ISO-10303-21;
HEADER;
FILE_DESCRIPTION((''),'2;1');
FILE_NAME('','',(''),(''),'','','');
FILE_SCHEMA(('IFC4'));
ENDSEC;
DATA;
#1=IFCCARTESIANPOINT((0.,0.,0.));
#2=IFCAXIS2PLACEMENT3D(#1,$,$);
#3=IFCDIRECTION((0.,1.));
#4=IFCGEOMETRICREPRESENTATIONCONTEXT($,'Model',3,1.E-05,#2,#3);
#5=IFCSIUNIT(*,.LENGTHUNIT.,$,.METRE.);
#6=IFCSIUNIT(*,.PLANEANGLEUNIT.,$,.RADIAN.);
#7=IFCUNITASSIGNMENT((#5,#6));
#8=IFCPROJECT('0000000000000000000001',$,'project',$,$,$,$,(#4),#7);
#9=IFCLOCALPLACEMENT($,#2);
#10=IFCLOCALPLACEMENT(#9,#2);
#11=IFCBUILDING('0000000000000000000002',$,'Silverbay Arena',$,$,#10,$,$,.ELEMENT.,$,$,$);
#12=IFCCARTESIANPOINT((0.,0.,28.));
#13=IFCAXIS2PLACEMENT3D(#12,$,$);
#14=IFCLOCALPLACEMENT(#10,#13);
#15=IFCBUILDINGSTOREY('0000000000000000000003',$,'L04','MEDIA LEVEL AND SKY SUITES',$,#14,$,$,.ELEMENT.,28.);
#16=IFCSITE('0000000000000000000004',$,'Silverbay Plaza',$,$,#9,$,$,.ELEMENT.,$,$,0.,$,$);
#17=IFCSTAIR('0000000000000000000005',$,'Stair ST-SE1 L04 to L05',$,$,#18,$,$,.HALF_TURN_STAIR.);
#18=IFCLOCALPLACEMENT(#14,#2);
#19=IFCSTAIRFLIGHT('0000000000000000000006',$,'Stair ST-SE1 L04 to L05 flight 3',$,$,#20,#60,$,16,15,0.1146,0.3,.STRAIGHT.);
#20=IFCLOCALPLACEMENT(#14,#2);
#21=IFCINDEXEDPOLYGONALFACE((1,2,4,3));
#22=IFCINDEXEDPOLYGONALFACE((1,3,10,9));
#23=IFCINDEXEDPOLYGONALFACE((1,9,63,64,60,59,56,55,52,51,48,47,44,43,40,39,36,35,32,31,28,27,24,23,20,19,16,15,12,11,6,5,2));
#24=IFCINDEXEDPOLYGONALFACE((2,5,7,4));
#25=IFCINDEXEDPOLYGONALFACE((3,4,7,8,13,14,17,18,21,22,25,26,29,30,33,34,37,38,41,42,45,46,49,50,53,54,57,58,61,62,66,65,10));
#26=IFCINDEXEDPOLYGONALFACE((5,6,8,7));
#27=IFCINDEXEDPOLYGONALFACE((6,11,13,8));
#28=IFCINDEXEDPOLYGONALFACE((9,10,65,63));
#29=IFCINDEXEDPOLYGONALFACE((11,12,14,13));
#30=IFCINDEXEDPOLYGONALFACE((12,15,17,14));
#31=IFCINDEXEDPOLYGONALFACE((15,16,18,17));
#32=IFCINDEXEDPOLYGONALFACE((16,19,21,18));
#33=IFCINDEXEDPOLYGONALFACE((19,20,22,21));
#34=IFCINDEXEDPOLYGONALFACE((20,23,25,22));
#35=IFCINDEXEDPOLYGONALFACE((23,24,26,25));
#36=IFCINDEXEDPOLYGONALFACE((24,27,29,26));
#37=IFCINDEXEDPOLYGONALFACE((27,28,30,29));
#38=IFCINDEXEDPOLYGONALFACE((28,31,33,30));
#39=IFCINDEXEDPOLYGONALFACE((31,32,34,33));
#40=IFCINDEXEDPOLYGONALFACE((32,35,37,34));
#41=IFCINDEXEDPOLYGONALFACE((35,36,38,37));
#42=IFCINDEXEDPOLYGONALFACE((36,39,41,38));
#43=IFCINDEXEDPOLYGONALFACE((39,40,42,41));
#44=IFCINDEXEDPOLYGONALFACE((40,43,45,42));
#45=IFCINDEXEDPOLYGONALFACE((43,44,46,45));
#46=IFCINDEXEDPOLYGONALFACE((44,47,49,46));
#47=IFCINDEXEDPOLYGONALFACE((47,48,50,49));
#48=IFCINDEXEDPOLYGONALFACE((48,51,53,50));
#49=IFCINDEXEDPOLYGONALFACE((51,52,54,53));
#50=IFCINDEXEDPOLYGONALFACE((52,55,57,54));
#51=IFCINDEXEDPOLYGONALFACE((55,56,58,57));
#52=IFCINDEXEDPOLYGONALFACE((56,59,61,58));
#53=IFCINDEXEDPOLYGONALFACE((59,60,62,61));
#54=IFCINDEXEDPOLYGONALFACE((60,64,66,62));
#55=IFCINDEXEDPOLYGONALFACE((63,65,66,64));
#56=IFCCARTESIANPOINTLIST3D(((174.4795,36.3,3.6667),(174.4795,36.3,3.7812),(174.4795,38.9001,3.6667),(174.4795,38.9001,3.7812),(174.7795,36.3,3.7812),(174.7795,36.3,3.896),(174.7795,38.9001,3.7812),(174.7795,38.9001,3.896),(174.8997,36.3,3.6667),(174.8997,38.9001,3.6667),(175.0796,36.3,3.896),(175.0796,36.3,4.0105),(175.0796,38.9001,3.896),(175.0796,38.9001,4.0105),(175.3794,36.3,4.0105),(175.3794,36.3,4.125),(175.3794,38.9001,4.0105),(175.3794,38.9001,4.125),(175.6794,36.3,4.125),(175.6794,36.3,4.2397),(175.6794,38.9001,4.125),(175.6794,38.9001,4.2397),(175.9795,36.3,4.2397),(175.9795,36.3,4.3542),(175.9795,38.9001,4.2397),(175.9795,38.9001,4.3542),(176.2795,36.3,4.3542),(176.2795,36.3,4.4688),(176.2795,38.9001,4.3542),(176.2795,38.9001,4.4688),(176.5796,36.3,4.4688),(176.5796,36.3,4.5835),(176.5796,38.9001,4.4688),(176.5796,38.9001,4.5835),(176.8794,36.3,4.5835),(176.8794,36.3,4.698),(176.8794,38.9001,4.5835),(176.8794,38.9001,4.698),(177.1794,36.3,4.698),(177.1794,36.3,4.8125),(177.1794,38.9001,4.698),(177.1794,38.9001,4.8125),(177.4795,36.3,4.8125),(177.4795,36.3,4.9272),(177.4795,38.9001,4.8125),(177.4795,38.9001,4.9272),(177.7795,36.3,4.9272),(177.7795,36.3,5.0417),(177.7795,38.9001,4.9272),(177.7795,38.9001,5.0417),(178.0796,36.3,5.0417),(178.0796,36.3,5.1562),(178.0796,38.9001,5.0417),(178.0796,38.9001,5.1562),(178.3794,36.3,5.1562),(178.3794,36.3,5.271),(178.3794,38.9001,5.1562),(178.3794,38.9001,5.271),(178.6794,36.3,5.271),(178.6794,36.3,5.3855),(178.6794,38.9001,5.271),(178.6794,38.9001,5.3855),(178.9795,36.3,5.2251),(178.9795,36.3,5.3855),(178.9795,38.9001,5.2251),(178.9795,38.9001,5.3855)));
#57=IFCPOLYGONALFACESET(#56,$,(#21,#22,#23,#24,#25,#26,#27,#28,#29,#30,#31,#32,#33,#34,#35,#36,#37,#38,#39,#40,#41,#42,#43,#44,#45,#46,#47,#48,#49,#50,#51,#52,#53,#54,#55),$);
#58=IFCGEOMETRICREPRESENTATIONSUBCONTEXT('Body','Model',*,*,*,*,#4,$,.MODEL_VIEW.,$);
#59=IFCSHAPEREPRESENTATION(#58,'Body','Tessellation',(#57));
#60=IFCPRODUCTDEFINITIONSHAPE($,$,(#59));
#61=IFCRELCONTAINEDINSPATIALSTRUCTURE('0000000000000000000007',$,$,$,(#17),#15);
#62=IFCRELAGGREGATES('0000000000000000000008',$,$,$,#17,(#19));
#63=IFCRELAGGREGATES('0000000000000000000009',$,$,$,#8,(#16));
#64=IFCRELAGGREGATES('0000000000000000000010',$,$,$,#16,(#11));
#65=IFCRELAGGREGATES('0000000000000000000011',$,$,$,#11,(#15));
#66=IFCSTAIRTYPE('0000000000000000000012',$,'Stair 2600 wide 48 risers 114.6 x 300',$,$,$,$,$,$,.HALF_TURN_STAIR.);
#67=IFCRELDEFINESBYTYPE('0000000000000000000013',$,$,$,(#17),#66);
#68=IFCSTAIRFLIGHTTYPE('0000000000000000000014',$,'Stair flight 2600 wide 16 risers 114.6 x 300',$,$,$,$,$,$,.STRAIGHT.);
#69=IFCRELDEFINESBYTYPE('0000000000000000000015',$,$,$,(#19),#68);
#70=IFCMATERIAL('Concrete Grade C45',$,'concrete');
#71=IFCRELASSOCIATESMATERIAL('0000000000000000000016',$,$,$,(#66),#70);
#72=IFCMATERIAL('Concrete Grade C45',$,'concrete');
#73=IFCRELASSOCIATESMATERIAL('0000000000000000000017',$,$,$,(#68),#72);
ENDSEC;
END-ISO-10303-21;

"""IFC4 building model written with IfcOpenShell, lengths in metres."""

from ifc_helpers import new_model, si_unit, direction, frame, origin, place, context, subcontext, project, spatial, polyline, outline, extrude, material, type_object, element, aggregate, save


model = new_model("IFC4")

# Units and contexts
model_context = context("Model", 3, precision=1e-05, world=origin(), true_north=direction((0.0, 1.0)))
body_context = subcontext(model_context, "Body", "Model", "MODEL_VIEW")
ifc_project = project(units=[si_unit("LENGTHUNIT", "METRE"), si_unit("PLANEANGLEUNIT", "RADIAN")], contexts=[model_context])

# Site, building, storey
site_placement = place(None, origin())
site = spatial("IfcSite", under=ifc_project, at=site_placement, Name="Silverbay Plaza", CompositionType="ELEMENT", RefElevation=0.0)
building_placement = place(site_placement, origin())
building = spatial("IfcBuilding", under=site, at=building_placement, Name="Silverbay Arena", CompositionType="ELEMENT")
storey_placement = place(building_placement, frame((0.0, 0.0, 28.0)))
storey = spatial("IfcBuildingStorey", under=building, at=storey_placement, Name="L04", Description="MEDIA LEVEL AND SKY SUITES", CompositionType="ELEMENT", Elevation=28.0)

# Stair, stair flight
ifc_material_1 = material(Name="Concrete Grade C45", Category="concrete")
stair_type = type_object("IfcStairType", Name="Stair 2600 wide 48 risers 114.6 x 300", PredefinedType="HALF_TURN_STAIR", material=ifc_material_1)
stair_placement = place(storey_placement, origin())
stair = element("IfcStair", 1, at=stair_placement, inside=storey, type_object=stair_type, Name="Stair ST-SE1 L04 to L05", PredefinedType="HALF_TURN_STAIR")
ifc_material_2 = material(Name="Concrete Grade C45", Category="concrete")
stair_flight_type = type_object("IfcStairFlightType", Name="Stair flight 2600 wide 16 risers 114.6 x 300", PredefinedType="STRAIGHT", material=ifc_material_2)
stair_flight_1_placement = place(storey_placement, frame((174.4795, 37.6001, 3.6667), z_axis=(0.0, 0.0, 1.0), x_axis=(1.0, 0.0, 0.0)))
stair_flight_1 = element("IfcStairFlight", 2, at=stair_flight_1_placement, type_object=stair_flight_type, Name="Stair ST-SE1 L04 to L05 flight 3", NumberOfRisers=16, NumberOfTreads=15, PredefinedType="STRAIGHT", RiserHeight=0.1146, TreadLength=0.3, context=body_context, shape_type="SweptSolid", body=[
    extrude(outline(polyline([(0.0, 0.0), (0.0, 0.1145), (0.3, 0.1145), (0.3, 0.2292), (0.6001, 0.2292), (0.6001, 0.3438), (0.8999, 0.3438), (0.8999, 0.4583), (1.2, 0.4583), (1.2, 0.573), (1.5, 0.573), (1.5, 0.6875), (1.8, 0.6875), (1.8, 0.802), (2.1001, 0.802), (2.1001, 0.9167), (2.3999, 0.9167), (2.3999, 1.0312), (2.7, 1.0312), (2.7, 1.1458), (3.0, 1.1458), (3.0, 1.2605), (3.3, 1.2605), (3.3, 1.375), (3.6001, 1.375), (3.6001, 1.4895), (3.8999, 1.4895), (3.8999, 1.6042), (4.2, 1.6042), (4.2, 1.7188), (4.5, 1.7188), (4.5, 1.5583), (0.4202, 0.0), (0.0, 0.0)])), frame((0.0, 1.3, 0.0), z_axis=(0.0, -1.0, 0.0), x_axis=(1.0, 0.0, 0.0)), (0.0, 0.0, 1.0), 2.6001),
])
aggregate(stair, [stair_flight_1])

save(model, "model.ifc")
